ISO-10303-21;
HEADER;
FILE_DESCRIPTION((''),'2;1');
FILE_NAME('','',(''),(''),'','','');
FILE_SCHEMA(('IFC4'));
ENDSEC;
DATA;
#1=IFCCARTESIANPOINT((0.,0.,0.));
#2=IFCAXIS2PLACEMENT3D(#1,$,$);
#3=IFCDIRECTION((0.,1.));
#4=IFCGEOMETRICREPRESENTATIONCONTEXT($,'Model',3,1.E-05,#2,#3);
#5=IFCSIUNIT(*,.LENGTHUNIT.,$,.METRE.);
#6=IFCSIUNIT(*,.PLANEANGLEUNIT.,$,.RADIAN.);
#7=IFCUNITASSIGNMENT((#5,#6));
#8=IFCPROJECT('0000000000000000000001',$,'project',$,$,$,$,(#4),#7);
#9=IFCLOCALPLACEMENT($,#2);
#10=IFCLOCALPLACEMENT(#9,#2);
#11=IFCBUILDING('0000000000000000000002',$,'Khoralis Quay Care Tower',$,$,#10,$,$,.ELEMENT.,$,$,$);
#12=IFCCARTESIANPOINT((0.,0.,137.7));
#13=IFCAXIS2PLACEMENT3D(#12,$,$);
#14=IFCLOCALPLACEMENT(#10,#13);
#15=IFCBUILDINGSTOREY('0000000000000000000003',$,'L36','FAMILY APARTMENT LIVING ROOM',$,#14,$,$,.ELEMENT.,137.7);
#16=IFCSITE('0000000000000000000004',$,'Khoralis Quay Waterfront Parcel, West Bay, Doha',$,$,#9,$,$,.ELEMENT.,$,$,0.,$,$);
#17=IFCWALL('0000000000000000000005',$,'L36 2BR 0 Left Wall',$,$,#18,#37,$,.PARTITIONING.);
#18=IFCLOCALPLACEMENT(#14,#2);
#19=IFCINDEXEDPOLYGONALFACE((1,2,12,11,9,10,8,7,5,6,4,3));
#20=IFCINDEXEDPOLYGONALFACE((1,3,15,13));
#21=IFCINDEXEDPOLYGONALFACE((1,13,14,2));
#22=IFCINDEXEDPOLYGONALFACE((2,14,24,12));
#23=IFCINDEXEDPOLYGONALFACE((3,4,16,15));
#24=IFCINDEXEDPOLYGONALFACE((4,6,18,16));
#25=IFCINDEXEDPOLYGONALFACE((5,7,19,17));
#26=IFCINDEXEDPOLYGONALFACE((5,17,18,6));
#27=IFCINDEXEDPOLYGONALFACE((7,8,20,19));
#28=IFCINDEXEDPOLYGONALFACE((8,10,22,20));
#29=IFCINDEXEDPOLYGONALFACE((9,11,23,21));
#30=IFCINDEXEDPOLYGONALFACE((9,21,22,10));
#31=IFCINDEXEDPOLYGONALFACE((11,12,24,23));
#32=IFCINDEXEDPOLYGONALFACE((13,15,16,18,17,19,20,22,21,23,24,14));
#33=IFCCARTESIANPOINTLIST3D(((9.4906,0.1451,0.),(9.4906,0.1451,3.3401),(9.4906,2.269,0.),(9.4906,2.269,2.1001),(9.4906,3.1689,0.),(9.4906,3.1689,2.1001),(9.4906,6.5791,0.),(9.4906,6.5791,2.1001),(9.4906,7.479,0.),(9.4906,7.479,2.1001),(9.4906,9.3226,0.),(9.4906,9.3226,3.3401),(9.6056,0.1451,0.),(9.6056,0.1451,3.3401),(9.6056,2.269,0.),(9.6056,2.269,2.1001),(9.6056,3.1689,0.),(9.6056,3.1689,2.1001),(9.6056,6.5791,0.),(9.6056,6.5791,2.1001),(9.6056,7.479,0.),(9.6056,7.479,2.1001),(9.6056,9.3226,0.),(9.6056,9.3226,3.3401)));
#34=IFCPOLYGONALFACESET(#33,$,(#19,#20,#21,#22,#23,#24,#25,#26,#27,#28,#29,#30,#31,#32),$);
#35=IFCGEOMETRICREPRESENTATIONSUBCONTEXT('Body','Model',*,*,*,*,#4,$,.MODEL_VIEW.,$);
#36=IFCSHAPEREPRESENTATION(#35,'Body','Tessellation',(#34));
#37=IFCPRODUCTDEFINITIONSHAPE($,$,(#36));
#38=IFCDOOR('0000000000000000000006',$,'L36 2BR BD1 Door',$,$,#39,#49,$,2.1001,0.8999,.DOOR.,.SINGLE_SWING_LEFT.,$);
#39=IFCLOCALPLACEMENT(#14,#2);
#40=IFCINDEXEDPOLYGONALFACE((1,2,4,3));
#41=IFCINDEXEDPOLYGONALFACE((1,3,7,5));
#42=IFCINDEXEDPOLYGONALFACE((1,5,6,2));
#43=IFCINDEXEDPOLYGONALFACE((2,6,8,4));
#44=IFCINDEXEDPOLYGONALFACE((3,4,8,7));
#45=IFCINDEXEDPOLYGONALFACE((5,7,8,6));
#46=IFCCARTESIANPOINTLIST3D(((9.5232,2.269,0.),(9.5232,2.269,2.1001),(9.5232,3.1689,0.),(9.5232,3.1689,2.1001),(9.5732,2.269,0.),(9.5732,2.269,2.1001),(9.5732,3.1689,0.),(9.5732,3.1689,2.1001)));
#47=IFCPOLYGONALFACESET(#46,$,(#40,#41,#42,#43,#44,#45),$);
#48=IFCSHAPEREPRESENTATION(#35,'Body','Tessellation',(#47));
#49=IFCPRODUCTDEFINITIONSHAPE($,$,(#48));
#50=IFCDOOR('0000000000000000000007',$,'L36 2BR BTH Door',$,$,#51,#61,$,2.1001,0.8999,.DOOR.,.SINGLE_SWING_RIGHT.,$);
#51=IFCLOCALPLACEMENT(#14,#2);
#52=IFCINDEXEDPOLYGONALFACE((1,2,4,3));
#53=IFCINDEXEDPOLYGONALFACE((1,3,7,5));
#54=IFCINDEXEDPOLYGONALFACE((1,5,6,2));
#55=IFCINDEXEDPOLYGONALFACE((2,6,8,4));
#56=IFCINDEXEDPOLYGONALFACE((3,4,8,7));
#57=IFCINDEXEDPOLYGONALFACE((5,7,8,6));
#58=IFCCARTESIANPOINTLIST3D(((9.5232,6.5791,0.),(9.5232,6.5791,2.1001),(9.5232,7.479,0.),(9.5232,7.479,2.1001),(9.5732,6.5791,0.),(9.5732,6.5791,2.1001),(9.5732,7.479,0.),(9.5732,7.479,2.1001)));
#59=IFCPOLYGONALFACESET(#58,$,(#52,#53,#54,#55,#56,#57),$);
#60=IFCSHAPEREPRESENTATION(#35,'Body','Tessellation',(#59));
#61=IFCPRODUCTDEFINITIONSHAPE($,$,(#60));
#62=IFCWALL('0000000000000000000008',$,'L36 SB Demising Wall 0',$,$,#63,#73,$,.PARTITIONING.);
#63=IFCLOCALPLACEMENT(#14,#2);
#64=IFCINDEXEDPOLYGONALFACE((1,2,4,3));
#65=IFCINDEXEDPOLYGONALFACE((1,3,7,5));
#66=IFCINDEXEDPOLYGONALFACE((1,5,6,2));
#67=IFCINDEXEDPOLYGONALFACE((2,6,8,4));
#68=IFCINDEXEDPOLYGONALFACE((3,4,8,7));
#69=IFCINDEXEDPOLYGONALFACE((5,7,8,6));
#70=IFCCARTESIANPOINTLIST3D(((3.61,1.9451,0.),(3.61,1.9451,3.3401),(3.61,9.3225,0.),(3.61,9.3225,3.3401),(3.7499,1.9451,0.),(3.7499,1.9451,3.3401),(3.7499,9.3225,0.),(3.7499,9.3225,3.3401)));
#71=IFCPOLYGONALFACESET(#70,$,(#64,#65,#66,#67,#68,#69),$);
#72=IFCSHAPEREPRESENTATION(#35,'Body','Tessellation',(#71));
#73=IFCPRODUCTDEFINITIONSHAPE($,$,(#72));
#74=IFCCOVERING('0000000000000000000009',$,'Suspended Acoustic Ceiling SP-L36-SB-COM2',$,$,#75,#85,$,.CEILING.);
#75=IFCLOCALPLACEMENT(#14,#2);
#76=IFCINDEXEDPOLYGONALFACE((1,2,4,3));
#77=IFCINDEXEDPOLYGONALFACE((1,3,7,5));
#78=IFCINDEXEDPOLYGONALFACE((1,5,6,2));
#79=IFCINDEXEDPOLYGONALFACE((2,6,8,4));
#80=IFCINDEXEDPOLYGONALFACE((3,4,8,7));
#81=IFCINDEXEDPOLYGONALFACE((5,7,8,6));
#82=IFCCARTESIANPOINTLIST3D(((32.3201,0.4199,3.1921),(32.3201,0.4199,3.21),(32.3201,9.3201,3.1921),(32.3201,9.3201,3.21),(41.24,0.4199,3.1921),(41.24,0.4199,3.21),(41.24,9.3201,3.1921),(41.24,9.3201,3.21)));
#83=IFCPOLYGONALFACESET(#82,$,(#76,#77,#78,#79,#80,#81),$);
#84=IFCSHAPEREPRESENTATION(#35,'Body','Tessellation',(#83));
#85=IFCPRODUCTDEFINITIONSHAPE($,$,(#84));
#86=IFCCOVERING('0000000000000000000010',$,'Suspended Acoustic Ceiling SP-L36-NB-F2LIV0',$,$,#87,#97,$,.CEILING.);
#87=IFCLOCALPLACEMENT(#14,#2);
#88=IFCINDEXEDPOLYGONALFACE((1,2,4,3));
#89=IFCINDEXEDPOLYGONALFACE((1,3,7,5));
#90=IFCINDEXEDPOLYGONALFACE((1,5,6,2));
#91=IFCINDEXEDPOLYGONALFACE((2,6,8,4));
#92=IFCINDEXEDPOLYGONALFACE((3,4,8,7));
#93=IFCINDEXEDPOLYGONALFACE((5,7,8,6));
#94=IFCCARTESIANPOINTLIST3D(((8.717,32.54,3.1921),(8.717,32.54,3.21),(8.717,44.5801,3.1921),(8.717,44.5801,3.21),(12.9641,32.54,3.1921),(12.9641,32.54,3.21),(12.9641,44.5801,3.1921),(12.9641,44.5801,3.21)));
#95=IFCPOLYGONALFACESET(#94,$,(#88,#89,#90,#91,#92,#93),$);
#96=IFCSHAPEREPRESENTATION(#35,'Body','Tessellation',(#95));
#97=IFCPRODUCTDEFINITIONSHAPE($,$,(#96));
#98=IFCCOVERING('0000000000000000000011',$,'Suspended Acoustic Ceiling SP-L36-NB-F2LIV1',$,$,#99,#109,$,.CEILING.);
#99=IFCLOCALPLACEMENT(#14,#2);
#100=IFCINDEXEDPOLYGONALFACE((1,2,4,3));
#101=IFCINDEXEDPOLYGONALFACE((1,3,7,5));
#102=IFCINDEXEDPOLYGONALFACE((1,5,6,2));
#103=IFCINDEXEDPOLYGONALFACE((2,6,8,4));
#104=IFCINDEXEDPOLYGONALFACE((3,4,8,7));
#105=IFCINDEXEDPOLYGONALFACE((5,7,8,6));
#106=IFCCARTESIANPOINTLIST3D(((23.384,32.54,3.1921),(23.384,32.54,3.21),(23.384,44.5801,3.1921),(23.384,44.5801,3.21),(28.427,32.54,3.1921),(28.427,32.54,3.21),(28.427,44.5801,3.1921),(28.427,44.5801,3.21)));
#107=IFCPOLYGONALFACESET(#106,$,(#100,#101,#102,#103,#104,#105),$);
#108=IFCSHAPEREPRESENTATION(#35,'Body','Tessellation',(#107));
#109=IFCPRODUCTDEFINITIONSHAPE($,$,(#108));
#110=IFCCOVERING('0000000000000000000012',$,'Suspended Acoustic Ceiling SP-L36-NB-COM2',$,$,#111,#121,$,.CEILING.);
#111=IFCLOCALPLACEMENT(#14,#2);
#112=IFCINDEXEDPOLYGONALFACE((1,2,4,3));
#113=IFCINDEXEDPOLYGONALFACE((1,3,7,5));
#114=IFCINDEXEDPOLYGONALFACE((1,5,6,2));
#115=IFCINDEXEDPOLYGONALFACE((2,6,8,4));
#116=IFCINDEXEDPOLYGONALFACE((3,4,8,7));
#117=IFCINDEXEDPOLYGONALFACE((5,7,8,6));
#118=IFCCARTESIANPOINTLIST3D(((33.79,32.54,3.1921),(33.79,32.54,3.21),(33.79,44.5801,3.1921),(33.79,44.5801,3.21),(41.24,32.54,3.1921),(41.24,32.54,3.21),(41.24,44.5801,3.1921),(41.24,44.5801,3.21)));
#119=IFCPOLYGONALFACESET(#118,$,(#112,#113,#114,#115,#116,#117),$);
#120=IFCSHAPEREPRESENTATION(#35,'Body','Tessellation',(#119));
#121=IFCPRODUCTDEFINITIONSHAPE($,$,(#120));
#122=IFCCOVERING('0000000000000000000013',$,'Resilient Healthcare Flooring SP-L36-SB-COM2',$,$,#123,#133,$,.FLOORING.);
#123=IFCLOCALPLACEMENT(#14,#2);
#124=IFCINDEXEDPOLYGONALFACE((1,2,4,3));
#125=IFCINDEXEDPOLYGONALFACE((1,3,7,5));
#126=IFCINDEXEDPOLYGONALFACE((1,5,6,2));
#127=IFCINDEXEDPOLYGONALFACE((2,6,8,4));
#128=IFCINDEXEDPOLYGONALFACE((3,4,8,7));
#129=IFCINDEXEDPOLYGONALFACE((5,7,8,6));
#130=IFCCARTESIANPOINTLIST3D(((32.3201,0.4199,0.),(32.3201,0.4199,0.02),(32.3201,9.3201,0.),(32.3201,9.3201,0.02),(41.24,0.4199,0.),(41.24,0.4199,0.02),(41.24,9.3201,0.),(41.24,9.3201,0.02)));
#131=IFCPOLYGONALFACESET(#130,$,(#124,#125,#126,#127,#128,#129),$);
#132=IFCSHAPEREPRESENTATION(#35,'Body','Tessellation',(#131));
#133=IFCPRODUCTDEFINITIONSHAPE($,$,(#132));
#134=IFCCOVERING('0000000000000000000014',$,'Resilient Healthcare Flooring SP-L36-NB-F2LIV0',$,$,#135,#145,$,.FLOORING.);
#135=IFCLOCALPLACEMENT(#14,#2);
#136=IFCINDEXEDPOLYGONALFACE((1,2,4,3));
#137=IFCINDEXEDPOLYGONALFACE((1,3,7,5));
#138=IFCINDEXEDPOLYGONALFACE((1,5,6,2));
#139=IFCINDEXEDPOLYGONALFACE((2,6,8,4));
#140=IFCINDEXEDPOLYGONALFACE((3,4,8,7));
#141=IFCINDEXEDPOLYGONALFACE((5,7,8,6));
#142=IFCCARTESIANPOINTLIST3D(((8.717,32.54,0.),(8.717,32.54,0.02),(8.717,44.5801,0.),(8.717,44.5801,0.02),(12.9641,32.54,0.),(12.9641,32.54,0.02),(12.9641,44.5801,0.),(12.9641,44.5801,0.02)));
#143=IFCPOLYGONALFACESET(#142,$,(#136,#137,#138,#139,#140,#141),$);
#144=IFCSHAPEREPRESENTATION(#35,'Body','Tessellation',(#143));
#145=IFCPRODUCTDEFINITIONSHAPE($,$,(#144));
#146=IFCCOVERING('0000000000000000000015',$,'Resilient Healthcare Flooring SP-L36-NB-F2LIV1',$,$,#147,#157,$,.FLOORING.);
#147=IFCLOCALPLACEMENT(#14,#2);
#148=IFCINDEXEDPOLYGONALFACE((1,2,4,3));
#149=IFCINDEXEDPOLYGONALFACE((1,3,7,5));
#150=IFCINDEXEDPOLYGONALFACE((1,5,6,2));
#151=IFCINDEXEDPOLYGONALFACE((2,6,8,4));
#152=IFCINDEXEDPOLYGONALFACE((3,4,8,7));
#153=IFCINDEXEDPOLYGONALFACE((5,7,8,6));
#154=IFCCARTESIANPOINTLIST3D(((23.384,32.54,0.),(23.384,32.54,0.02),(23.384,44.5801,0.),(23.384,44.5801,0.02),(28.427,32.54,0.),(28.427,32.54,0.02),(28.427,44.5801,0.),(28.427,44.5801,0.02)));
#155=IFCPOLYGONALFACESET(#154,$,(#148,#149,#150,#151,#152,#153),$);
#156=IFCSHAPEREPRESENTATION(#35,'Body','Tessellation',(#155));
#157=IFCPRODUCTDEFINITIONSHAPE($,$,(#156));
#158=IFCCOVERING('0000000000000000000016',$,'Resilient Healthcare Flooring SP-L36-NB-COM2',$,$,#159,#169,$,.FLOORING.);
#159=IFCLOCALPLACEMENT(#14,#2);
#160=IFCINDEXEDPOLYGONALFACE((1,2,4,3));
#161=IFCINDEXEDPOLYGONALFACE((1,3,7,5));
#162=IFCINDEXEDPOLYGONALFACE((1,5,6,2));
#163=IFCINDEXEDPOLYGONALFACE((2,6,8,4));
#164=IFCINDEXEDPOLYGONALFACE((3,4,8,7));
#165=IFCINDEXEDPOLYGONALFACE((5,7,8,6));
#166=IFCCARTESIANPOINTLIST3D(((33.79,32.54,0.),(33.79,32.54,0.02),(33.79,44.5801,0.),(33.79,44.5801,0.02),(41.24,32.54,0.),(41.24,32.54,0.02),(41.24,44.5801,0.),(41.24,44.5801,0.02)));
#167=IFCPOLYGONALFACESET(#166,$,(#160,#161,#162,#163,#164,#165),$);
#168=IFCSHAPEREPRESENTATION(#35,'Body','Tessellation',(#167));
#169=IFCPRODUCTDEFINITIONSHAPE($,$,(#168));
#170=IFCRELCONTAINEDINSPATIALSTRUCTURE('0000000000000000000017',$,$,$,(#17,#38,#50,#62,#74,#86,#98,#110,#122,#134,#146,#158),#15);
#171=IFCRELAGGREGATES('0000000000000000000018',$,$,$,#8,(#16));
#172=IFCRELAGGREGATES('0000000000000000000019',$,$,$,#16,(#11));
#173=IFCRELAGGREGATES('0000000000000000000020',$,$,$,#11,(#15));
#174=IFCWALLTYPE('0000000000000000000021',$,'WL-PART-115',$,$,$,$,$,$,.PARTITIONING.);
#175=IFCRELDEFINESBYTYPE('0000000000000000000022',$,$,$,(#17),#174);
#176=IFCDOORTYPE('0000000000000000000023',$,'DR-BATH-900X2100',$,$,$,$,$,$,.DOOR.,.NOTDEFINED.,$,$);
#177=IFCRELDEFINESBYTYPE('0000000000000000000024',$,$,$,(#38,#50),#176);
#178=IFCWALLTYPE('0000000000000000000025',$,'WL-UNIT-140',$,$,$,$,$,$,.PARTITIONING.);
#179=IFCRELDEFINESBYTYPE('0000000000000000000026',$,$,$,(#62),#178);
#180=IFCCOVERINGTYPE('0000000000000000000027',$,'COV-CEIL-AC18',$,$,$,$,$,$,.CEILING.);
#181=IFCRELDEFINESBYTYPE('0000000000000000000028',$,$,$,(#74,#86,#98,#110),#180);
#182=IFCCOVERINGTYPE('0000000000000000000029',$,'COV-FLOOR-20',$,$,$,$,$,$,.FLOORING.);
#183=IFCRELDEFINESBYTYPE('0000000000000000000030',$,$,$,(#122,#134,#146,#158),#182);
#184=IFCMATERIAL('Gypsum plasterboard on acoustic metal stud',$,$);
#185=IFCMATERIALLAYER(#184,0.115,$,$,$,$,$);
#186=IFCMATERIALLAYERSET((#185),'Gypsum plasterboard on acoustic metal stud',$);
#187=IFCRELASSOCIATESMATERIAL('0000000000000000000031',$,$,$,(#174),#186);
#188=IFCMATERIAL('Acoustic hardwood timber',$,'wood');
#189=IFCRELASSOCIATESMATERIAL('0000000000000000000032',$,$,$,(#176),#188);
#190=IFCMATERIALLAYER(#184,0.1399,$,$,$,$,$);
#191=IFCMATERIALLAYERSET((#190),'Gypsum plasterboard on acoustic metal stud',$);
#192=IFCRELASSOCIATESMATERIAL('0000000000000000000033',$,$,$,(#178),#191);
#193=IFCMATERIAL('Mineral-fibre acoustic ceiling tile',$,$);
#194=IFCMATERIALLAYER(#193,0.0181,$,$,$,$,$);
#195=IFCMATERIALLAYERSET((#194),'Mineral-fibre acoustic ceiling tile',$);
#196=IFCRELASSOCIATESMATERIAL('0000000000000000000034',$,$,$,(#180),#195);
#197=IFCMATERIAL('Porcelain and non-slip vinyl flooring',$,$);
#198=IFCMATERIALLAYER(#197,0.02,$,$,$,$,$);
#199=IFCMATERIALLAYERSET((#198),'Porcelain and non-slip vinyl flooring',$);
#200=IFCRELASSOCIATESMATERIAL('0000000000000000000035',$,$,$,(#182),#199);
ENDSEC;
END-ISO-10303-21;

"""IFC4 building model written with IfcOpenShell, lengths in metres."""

from ifc_helpers import new_model, si_unit, direction, frame, frame_2d, origin, place, context, subcontext, project, spatial, polyline, rectangle, outline, extrude, source, transform, mapped, material, layer, layer_set, type_object, element, fill, save


model = new_model("IFC4")

# Units and contexts
model_context = context("Model", 3, precision=1e-05, world=origin(), true_north=direction((0.0, 1.0)))
body_context = subcontext(model_context, "Body", "Model", "MODEL_VIEW")
ifc_project = project(units=[si_unit("LENGTHUNIT", "METRE"), si_unit("PLANEANGLEUNIT", "RADIAN")], contexts=[model_context])

# Site, building, storey
site_placement = place(None, origin())
site = spatial("IfcSite", under=ifc_project, at=site_placement, Name="Khoralis Quay Waterfront Parcel, West Bay, Doha", CompositionType="ELEMENT", RefElevation=0.0)
building_placement = place(site_placement, origin())
building = spatial("IfcBuilding", under=site, at=building_placement, Name="Khoralis Quay Care Tower", CompositionType="ELEMENT")
storey_placement = place(building_placement, frame((0.0, 0.0, 137.7)))
storey = spatial("IfcBuildingStorey", under=building, at=storey_placement, Name="L36", Description="FAMILY APARTMENT LIVING ROOM", CompositionType="ELEMENT", Elevation=137.7)

# Wall, openings, doors
ifc_material_1 = material(Name="Gypsum plasterboard on acoustic metal stud")
ifc_layer_1 = layer(ifc_material_1, 0.115)
ifc_layer_set_1 = layer_set([ifc_layer_1], Name="Gypsum plasterboard on acoustic metal stud")
wall_type_1 = type_object("IfcWallType", Name="WL-PART-115", PredefinedType="PARTITIONING", material=ifc_layer_set_1)
wall_1_placement = place(storey_placement, frame((9.5481, 0.145, 0.0), z_axis=(0.0, 0.0, 1.0), x_axis=(0.0, 1.0, 0.0)))
wall_1 = element("IfcWall", 1, at=wall_1_placement, inside=storey, type_object=wall_type_1, Name="L36 2BR 0 Left Wall", PredefinedType="PARTITIONING", context=body_context, shape_type="SweptSolid", body=[
    extrude(rectangle(XDim=9.1775, YDim=0.115, at=frame_2d((4.5889, 0.0))), origin(), (0.0, 0.0, 1.0), 3.3401),
])
opening_1_placement = place(wall_1_placement, frame((2.124, 0.0, 0.0)))
opening_1 = element("IfcOpeningElement", 2, at=opening_1_placement, cuts=wall_1, PredefinedType="OPENING", context=body_context, shape_type="SweptSolid", body=[
    extrude(rectangle(XDim=0.8999, YDim=2.1001, at=frame_2d((0.45, 1.05))), frame((0.0, 0.0674, 0.0), z_axis=(0.0, -1.0, 0.0), x_axis=(1.0, 0.0, 0.0)), (0.0, 0.0, 1.0), 0.135),
])
opening_2_placement = place(wall_1_placement, frame((6.4341, 0.0, 0.0)))
opening_2 = element("IfcOpeningElement", 3, at=opening_2_placement, cuts=wall_1, PredefinedType="OPENING", context=body_context, shape_type="SweptSolid", body=[
    extrude(rectangle(XDim=0.8999, YDim=2.1001, at=frame_2d((0.45, 1.05))), frame((0.0, 0.0674, 0.0), z_axis=(0.0, -1.0, 0.0), x_axis=(1.0, 0.0, 0.0)), (0.0, 0.0, 1.0), 0.135),
])
ifc_material_2 = material(Name="Acoustic hardwood timber", Category="wood")
door_type_1 = type_object("IfcDoorType", Name="DR-BATH-900X2100", OperationType="NOTDEFINED", PredefinedType="DOOR", material=ifc_material_2)
shared_shape_1 = source(origin(), body_context, "Body", "SweptSolid", [
    extrude(rectangle(XDim=0.8999, YDim=2.1001, at=frame_2d((0.45, 1.05))), frame((0.0, 0.0249, 0.0), z_axis=(0.0, -1.0, 0.0), x_axis=(1.0, 0.0, 0.0)), (0.0, 0.0, 1.0), 0.05),
])
door_1_placement = place(opening_1_placement, origin())
door_1 = element("IfcDoor", 4, at=door_1_placement, inside=storey, type_object=door_type_1, Name="L36 2BR BD1 Door", OperationType="SINGLE_SWING_LEFT", OverallHeight=2.1001, OverallWidth=0.8999, PredefinedType="DOOR", context=body_context, shape_type="MappedRepresentation", body=[
    mapped(shared_shape_1, transform((0.0, 0.0, 0.0), scale=1.0)),
])
fill(opening_1, door_1)
door_2_placement = place(opening_2_placement, origin())
door_2 = element("IfcDoor", 5, at=door_2_placement, inside=storey, type_object=door_type_1, Name="L36 2BR BTH Door", OperationType="SINGLE_SWING_RIGHT", OverallHeight=2.1001, OverallWidth=0.8999, PredefinedType="DOOR", context=body_context, shape_type="MappedRepresentation", body=[
    mapped(shared_shape_1, transform((0.0, 0.0, 0.0), scale=1.0)),
])
fill(opening_2, door_2)

# Wall
ifc_layer_2 = layer(ifc_material_1, 0.1399)
ifc_layer_set_2 = layer_set([ifc_layer_2], Name="Gypsum plasterboard on acoustic metal stud")
wall_type_2 = type_object("IfcWallType", Name="WL-UNIT-140", PredefinedType="PARTITIONING", material=ifc_layer_set_2)
wall_2_placement = place(storey_placement, frame((3.6799, 1.9451, 0.0), z_axis=(0.0, 0.0, 1.0), x_axis=(0.0, 1.0, 0.0)))
element("IfcWall", 6, at=wall_2_placement, inside=storey, type_object=wall_type_2, Name="L36 SB Demising Wall 0", PredefinedType="PARTITIONING", context=body_context, shape_type="SweptSolid", body=[
    extrude(rectangle(XDim=7.3774, YDim=0.1399, at=frame_2d((3.6887, 0.0))), origin(), (0.0, 0.0, 1.0), 3.3401),
])

# Coverings
ifc_material_3 = material(Name="Mineral-fibre acoustic ceiling tile")
ifc_layer_3 = layer(ifc_material_3, 0.0181)
ifc_layer_set_3 = layer_set([ifc_layer_3], Name="Mineral-fibre acoustic ceiling tile")
covering_type_1 = type_object("IfcCoveringType", Name="COV-CEIL-AC18", PredefinedType="CEILING", material=ifc_layer_set_3)
covering_1_placement = place(storey_placement, frame((0.0, 0.0, 3.1921)))
element("IfcCovering", 7, at=covering_1_placement, inside=storey, type_object=covering_type_1, Name="Suspended Acoustic Ceiling SP-L36-SB-COM2", PredefinedType="CEILING", context=body_context, shape_type="SweptSolid", body=[
    extrude(outline(polyline([(32.3201, 0.4199), (41.24, 0.4199), (41.24, 9.3201), (32.3201, 9.3201), (32.3201, 0.4199)])), origin(), (0.0, 0.0, 1.0), 0.0178),
])
covering_2_placement = place(storey_placement, frame((0.0, 0.0, 3.1921)))
element("IfcCovering", 8, at=covering_2_placement, inside=storey, type_object=covering_type_1, Name="Suspended Acoustic Ceiling SP-L36-NB-F2LIV0", PredefinedType="CEILING", context=body_context, shape_type="SweptSolid", body=[
    extrude(outline(polyline([(8.717, 32.54), (12.9641, 32.54), (12.9641, 44.5801), (8.717, 44.5801), (8.717, 32.54)])), origin(), (0.0, 0.0, 1.0), 0.0178),
])
covering_3_placement = place(storey_placement, frame((0.0, 0.0, 3.1921)))
element("IfcCovering", 9, at=covering_3_placement, inside=storey, type_object=covering_type_1, Name="Suspended Acoustic Ceiling SP-L36-NB-F2LIV1", PredefinedType="CEILING", context=body_context, shape_type="SweptSolid", body=[
    extrude(outline(polyline([(23.384, 32.54), (28.427, 32.54), (28.427, 44.5801), (23.384, 44.5801), (23.384, 32.54)])), origin(), (0.0, 0.0, 1.0), 0.0178),
])
covering_4_placement = place(storey_placement, frame((0.0, 0.0, 3.1921)))
element("IfcCovering", 10, at=covering_4_placement, inside=storey, type_object=covering_type_1, Name="Suspended Acoustic Ceiling SP-L36-NB-COM2", PredefinedType="CEILING", context=body_context, shape_type="SweptSolid", body=[
    extrude(outline(polyline([(33.79, 32.54), (41.24, 32.54), (41.24, 44.5801), (33.79, 44.5801), (33.79, 32.54)])), origin(), (0.0, 0.0, 1.0), 0.0178),
])
ifc_material_4 = material(Name="Porcelain and non-slip vinyl flooring")
ifc_layer_4 = layer(ifc_material_4, 0.02)
ifc_layer_set_4 = layer_set([ifc_layer_4], Name="Porcelain and non-slip vinyl flooring")
covering_type_2 = type_object("IfcCoveringType", Name="COV-FLOOR-20", PredefinedType="FLOORING", material=ifc_layer_set_4)
covering_5_placement = place(storey_placement, origin())
element("IfcCovering", 11, at=covering_5_placement, inside=storey, type_object=covering_type_2, Name="Resilient Healthcare Flooring SP-L36-SB-COM2", PredefinedType="FLOORING", context=body_context, shape_type="SweptSolid", body=[
    extrude(outline(polyline([(32.3201, 0.4199), (41.24, 0.4199), (41.24, 9.3201), (32.3201, 9.3201), (32.3201, 0.4199)])), origin(), (0.0, 0.0, 1.0), 0.02),
])
covering_6_placement = place(storey_placement, origin())
element("IfcCovering", 12, at=covering_6_placement, inside=storey, type_object=covering_type_2, Name="Resilient Healthcare Flooring SP-L36-NB-F2LIV0", PredefinedType="FLOORING", context=body_context, shape_type="SweptSolid", body=[
    extrude(outline(polyline([(8.717, 32.54), (12.9641, 32.54), (12.9641, 44.5801), (8.717, 44.5801), (8.717, 32.54)])), origin(), (0.0, 0.0, 1.0), 0.02),
])
covering_7_placement = place(storey_placement, origin())
element("IfcCovering", 13, at=covering_7_placement, inside=storey, type_object=covering_type_2, Name="Resilient Healthcare Flooring SP-L36-NB-F2LIV1", PredefinedType="FLOORING", context=body_context, shape_type="SweptSolid", body=[
    extrude(outline(polyline([(23.384, 32.54), (28.427, 32.54), (28.427, 44.5801), (23.384, 44.5801), (23.384, 32.54)])), origin(), (0.0, 0.0, 1.0), 0.02),
])
covering_8_placement = place(storey_placement, origin())
element("IfcCovering", 14, at=covering_8_placement, inside=storey, type_object=covering_type_2, Name="Resilient Healthcare Flooring SP-L36-NB-COM2", PredefinedType="FLOORING", context=body_context, shape_type="SweptSolid", body=[
    extrude(outline(polyline([(33.79, 32.54), (41.24, 32.54), (41.24, 44.5801), (33.79, 44.5801), (33.79, 32.54)])), origin(), (0.0, 0.0, 1.0), 0.02),
])

save(model, "model.ifc")
